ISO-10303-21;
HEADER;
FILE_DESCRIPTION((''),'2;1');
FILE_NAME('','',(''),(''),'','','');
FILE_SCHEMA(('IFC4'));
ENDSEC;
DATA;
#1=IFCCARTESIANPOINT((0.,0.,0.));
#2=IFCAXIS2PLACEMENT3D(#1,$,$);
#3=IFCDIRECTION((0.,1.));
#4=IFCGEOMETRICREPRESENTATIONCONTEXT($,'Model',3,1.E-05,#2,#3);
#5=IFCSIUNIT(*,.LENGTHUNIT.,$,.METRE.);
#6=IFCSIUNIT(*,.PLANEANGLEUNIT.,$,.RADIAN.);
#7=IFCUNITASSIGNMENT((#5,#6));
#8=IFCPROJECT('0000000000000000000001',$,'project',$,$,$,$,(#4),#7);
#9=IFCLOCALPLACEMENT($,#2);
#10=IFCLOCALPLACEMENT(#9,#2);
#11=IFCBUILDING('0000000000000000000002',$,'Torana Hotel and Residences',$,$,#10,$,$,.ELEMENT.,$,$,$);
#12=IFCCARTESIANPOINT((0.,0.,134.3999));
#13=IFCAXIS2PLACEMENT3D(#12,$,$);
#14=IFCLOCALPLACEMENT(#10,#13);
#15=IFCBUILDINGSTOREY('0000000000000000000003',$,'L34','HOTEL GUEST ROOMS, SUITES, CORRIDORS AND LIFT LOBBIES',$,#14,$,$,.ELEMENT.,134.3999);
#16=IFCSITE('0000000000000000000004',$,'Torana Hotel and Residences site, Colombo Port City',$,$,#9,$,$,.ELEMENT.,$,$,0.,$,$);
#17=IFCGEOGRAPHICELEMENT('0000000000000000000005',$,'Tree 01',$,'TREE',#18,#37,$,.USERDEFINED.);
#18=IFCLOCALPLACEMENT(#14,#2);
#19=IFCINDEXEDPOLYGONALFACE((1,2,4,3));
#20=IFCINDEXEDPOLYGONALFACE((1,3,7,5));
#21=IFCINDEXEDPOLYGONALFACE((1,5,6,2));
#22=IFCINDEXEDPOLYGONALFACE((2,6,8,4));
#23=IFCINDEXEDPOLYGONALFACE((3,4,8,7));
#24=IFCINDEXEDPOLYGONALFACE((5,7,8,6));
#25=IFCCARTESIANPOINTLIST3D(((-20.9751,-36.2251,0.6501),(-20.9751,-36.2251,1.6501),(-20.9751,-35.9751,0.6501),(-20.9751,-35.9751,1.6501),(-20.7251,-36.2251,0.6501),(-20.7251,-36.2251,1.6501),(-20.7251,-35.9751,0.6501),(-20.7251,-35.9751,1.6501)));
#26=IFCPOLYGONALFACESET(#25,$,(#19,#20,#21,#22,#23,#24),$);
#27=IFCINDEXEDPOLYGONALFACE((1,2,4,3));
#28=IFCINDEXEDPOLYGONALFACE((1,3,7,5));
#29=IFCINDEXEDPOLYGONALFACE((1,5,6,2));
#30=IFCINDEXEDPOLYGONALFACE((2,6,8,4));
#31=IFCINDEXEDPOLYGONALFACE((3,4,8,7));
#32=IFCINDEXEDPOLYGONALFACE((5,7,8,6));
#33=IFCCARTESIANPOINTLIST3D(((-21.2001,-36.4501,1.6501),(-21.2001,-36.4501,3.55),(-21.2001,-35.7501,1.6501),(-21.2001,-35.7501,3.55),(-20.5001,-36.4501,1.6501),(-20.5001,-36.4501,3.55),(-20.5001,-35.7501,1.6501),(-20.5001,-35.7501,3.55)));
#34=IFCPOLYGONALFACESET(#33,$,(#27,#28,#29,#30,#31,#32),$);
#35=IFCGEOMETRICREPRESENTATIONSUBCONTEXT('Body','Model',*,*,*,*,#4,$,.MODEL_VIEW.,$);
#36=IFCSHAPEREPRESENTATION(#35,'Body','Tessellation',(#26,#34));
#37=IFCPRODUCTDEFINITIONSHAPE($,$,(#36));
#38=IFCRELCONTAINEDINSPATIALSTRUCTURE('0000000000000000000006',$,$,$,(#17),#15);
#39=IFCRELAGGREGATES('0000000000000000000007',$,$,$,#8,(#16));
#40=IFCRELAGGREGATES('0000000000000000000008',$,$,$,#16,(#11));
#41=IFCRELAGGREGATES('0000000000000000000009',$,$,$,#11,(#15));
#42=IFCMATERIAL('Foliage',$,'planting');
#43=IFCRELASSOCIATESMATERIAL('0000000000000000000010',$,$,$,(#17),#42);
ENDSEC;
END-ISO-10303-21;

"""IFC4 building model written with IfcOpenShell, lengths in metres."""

from ifc_helpers import new_model, si_unit, direction, frame, origin, origin_2d, place, context, subcontext, project, spatial, rectangle, extrude, material, element, save


model = new_model("IFC4")

# Units and contexts
model_context = context("Model", 3, precision=1e-05, world=origin(), true_north=direction((0.0, 1.0)))
body_context = subcontext(model_context, "Body", "Model", "MODEL_VIEW")
ifc_project = project(units=[si_unit("LENGTHUNIT", "METRE"), si_unit("PLANEANGLEUNIT", "RADIAN")], contexts=[model_context])

# Site, building, storey
site_placement = place(None, origin())
site = spatial("IfcSite", under=ifc_project, at=site_placement, Name="Torana Hotel and Residences site, Colombo Port City", CompositionType="ELEMENT", RefElevation=0.0)
building_placement = place(site_placement, origin())
building = spatial("IfcBuilding", under=site, at=building_placement, Name="Torana Hotel and Residences", CompositionType="ELEMENT")
storey_placement = place(building_placement, frame((0.0, 0.0, 134.3999)))
storey = spatial("IfcBuildingStorey", under=building, at=storey_placement, Name="L34", Description="HOTEL GUEST ROOMS, SUITES, CORRIDORS AND LIFT LOBBIES", CompositionType="ELEMENT", Elevation=134.3999)

# Geographic element
ifc_material_1 = material(Name="Foliage", Category="planting")
geographic_element_placement = place(storey_placement, frame((-20.8501, -36.1001, 0.6501), z_axis=(0.0, 0.0, 1.0), x_axis=(1.0, 0.0, 0.0)))
element("IfcGeographicElement", 1, at=geographic_element_placement, inside=storey, material=ifc_material_1, Name="Tree 01", ObjectType="TREE", PredefinedType="USERDEFINED", context=body_context, shape_type="SweptSolid", body=[
    extrude(rectangle(XDim=0.25, YDim=0.25, at=origin_2d()), origin(), (0.0, 0.0, 1.0), 1.0),
    extrude(rectangle(XDim=0.7, YDim=0.7, at=origin_2d()), frame((0.0, 0.0, 1.0)), (0.0, 0.0, 1.0), 1.8999),
])

save(model, "model.ifc")
